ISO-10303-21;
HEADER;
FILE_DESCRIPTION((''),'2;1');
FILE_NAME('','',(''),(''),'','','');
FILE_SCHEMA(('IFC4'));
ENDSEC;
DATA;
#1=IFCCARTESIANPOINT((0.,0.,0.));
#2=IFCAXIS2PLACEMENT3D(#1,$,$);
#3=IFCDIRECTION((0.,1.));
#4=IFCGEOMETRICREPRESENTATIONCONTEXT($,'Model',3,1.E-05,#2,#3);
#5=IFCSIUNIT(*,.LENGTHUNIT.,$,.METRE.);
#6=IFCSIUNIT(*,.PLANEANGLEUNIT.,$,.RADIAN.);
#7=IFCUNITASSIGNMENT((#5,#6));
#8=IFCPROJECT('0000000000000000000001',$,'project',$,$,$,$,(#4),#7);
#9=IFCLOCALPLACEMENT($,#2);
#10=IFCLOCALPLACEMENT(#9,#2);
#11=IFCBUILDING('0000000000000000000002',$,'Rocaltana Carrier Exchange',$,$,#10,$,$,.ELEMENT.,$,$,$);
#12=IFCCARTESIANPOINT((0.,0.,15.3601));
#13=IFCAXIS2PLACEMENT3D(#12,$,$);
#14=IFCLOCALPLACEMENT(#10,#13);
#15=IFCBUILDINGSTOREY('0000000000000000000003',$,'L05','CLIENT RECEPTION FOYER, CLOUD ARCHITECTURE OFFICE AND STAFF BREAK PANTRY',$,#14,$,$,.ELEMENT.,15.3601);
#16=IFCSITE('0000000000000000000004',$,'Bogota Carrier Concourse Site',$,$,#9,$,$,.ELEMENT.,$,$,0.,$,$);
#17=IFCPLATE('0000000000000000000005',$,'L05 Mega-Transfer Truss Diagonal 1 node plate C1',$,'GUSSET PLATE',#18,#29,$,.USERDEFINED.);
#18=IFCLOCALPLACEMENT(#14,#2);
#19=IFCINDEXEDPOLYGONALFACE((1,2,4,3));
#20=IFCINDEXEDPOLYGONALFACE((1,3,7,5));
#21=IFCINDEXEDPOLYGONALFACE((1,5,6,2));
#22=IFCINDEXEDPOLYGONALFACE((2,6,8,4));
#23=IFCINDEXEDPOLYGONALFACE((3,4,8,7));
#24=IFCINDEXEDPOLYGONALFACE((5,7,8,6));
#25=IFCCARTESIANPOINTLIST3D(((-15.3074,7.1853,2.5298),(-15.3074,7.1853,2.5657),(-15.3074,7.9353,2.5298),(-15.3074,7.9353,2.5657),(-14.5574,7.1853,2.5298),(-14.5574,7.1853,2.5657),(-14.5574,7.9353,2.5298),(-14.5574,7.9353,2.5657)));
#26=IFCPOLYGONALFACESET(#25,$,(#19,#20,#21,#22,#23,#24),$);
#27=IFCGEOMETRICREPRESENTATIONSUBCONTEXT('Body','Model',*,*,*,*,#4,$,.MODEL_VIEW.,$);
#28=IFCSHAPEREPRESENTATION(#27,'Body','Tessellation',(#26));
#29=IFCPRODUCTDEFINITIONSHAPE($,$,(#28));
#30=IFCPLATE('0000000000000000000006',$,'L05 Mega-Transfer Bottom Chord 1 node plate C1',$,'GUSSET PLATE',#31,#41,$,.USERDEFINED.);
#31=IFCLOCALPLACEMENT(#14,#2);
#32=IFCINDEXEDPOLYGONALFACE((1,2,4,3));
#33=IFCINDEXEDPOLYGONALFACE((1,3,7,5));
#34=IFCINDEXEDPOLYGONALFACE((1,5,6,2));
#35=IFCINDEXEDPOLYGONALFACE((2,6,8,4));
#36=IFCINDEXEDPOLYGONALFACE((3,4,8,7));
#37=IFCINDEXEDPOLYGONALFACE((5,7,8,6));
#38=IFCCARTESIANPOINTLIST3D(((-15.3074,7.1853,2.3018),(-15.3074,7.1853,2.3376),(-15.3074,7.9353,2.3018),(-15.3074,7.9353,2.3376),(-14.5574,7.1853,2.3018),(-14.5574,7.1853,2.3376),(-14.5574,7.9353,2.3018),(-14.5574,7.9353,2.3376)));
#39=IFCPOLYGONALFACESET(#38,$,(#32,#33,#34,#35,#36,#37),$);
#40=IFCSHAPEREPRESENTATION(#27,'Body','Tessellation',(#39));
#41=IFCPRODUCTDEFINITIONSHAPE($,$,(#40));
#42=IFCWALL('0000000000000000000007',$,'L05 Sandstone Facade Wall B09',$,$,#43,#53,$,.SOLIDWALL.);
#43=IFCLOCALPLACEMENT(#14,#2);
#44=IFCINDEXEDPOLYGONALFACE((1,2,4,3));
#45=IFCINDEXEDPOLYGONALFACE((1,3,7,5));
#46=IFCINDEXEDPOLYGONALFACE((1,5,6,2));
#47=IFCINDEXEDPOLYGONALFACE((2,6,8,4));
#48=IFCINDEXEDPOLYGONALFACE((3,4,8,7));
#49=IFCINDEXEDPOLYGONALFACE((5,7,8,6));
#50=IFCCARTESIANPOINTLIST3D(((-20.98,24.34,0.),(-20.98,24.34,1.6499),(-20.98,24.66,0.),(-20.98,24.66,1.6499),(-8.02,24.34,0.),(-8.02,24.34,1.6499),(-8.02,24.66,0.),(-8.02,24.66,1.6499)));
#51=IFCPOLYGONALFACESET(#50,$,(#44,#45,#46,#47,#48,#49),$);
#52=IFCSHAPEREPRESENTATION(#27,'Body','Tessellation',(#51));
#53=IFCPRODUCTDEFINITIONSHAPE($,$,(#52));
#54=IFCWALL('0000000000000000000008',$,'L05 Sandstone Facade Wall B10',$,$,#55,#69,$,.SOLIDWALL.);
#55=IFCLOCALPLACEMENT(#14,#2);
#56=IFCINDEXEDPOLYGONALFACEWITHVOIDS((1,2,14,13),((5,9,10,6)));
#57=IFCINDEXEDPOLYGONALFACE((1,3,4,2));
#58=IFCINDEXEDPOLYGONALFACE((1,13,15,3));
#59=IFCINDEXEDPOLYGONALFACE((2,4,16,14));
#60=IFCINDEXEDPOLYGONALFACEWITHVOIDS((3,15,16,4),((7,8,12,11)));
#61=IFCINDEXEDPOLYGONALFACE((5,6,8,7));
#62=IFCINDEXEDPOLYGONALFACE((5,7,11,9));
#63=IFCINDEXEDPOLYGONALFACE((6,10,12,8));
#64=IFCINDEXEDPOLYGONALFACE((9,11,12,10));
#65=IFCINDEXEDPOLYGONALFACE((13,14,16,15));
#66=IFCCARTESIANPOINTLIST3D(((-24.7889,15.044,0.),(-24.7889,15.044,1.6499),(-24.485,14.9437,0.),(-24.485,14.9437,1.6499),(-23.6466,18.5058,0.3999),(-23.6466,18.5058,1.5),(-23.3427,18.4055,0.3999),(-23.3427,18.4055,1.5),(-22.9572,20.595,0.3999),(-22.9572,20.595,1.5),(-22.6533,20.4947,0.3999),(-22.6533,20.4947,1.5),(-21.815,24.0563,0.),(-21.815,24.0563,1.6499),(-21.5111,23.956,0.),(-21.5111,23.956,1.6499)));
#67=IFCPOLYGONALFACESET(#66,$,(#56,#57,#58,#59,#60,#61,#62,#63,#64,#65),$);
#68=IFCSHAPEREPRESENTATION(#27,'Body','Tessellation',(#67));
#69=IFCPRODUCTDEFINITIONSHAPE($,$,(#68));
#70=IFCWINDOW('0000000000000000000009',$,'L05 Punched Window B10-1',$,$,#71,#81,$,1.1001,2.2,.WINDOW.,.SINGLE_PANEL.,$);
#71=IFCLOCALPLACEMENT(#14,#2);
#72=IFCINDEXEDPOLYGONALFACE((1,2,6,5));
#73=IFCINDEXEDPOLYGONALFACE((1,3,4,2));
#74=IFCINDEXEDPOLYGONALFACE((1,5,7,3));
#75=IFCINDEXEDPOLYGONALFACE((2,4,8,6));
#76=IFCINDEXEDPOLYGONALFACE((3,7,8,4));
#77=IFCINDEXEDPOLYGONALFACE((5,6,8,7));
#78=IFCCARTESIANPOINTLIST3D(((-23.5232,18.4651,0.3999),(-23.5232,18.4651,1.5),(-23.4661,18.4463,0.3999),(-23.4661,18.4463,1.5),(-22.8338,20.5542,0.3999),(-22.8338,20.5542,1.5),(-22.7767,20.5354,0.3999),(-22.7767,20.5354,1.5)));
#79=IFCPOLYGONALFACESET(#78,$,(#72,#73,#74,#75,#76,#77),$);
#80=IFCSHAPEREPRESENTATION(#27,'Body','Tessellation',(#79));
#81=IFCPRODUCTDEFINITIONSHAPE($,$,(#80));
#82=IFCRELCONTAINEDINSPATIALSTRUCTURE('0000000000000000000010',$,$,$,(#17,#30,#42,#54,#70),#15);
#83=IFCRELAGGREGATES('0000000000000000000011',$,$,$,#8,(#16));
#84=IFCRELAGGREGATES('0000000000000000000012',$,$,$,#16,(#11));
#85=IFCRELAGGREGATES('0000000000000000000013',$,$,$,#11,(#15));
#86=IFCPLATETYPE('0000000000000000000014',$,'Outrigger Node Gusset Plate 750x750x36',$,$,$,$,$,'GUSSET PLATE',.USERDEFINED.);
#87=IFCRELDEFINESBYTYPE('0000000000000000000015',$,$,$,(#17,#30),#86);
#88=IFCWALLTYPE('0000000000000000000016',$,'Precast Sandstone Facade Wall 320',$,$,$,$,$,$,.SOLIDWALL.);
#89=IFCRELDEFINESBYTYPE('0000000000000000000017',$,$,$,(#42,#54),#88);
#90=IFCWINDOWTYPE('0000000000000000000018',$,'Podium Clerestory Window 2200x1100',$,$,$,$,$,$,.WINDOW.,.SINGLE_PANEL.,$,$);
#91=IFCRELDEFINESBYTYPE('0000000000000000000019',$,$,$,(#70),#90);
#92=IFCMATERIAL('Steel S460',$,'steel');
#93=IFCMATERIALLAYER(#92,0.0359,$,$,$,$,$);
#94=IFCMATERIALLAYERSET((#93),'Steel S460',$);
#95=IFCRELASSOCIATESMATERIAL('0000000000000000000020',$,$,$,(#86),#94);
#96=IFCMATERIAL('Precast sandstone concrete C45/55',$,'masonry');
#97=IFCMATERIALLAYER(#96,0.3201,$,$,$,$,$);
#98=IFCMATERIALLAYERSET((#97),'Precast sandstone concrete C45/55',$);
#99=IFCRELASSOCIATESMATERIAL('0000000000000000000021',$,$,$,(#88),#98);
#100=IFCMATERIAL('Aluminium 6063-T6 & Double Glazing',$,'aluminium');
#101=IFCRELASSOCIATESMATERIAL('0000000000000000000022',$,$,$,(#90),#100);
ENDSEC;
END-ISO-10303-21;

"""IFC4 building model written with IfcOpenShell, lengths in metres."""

from ifc_helpers import new_model, si_unit, direction, frame, frame_2d, origin, origin_2d, place, context, subcontext, project, spatial, rectangle, extrude, material, layer, layer_set, type_object, element, fill, save


model = new_model("IFC4")

# Units and contexts
model_context = context("Model", 3, precision=1e-05, world=origin(), true_north=direction((0.0, 1.0)))
body_context = subcontext(model_context, "Body", "Model", "MODEL_VIEW")
ifc_project = project(units=[si_unit("LENGTHUNIT", "METRE"), si_unit("PLANEANGLEUNIT", "RADIAN")], contexts=[model_context])

# Site, building, storey
site_placement = place(None, origin())
site = spatial("IfcSite", under=ifc_project, at=site_placement, Name="Bogota Carrier Concourse Site", CompositionType="ELEMENT", RefElevation=0.0)
building_placement = place(site_placement, origin())
building = spatial("IfcBuilding", under=site, at=building_placement, Name="Rocaltana Carrier Exchange", CompositionType="ELEMENT")
storey_placement = place(building_placement, frame((0.0, 0.0, 15.3601)))
storey = spatial("IfcBuildingStorey", under=building, at=storey_placement, Name="L05", Description="CLIENT RECEPTION FOYER, CLOUD ARCHITECTURE OFFICE AND STAFF BREAK PANTRY", CompositionType="ELEMENT", Elevation=15.3601)

# Plates
ifc_material_1 = material(Name="Steel S460", Category="steel")
ifc_layer_1 = layer(ifc_material_1, 0.0359)
ifc_layer_set_1 = layer_set([ifc_layer_1], Name="Steel S460")
plate_type = type_object("IfcPlateType", Name="Outrigger Node Gusset Plate 750x750x36", ElementType="GUSSET PLATE", PredefinedType="USERDEFINED", material=ifc_layer_set_1)
for number, where, z_axis, x_axis, name in (
    (1, (-14.9324, 7.5603, 2.5298), (0.0, 0.0, 1.0), (1.0, 0.0, 0.0), "L05 Mega-Transfer Truss Diagonal 1 node plate C1"),
    (2, (-14.9324, 7.5603, 2.3018), (0.0, 0.0, 1.0), (1.0, 0.0, 0.0), "L05 Mega-Transfer Bottom Chord 1 node plate C1"),
):
    element("IfcPlate", number, at=place(storey_placement, frame(where, z_axis=z_axis, x_axis=x_axis)), inside=storey, type_object=plate_type, Name=name, ObjectType="GUSSET PLATE", PredefinedType="USERDEFINED", context=body_context, shape_type="SweptSolid", body=[
        extrude(rectangle(XDim=0.75, YDim=0.75, at=origin_2d()), origin(), (0.0, 0.0, 1.0), 0.0359),
    ])

# Wall
ifc_material_2 = material(Name="Precast sandstone concrete C45/55", Category="masonry")
ifc_layer_2 = layer(ifc_material_2, 0.3201)
ifc_layer_set_2 = layer_set([ifc_layer_2], Name="Precast sandstone concrete C45/55")
wall_type = type_object("IfcWallType", Name="Precast Sandstone Facade Wall 320", PredefinedType="SOLIDWALL", material=ifc_layer_set_2)
wall_1_placement = place(storey_placement, frame((-20.98, 24.5, 0.0), z_axis=(0.0, 0.0, 1.0), x_axis=(1.0, 0.0, 0.0)))
element("IfcWall", 3, at=wall_1_placement, inside=storey, type_object=wall_type, Name="L05 Sandstone Facade Wall B09", PredefinedType="SOLIDWALL", context=body_context, shape_type="SweptSolid", body=[
    extrude(rectangle(XDim=12.96, YDim=0.3201, at=frame_2d((6.48, 0.0))), origin(), (0.0, 0.0, 1.0), 1.6499),
])

# Wall, opening, window
wall_2_placement = place(storey_placement, frame((-24.637, 14.9939, 0.0), z_axis=(0.0, 0.0, 1.0), x_axis=(0.313363, 0.949633, 0.0)))
wall_2 = element("IfcWall", 4, at=wall_2_placement, inside=storey, type_object=wall_type, Name="L05 Sandstone Facade Wall B10", PredefinedType="SOLIDWALL", context=body_context, shape_type="SweptSolid", body=[
    extrude(rectangle(XDim=9.4902, YDim=0.3201, at=frame_2d((4.7451, 0.0))), origin(), (0.0, 0.0, 1.0), 1.6499),
])
opening_placement = place(wall_2_placement, frame((3.6453, 0.0, 0.3999)))
opening = element("IfcOpeningElement", 5, at=opening_placement, cuts=wall_2, PredefinedType="OPENING", context=body_context, shape_type="SweptSolid", body=[
    extrude(rectangle(XDim=2.2, YDim=1.1001, at=frame_2d((1.1001, 0.55))), frame((0.0, 0.1699, 0.0), z_axis=(0.0, -1.0, 0.0), x_axis=(1.0, 0.0, 0.0)), (0.0, 0.0, 1.0), 0.3401),
])
ifc_material_3 = material(Name="Aluminium 6063-T6 & Double Glazing", Category="aluminium")
window_type = type_object("IfcWindowType", Name="Podium Clerestory Window 2200x1100", PartitioningType="SINGLE_PANEL", PredefinedType="WINDOW", material=ifc_material_3)
window_placement = place(opening_placement, origin())
window = element("IfcWindow", 6, at=window_placement, inside=storey, type_object=window_type, Name="L05 Punched Window B10-1", OverallHeight=1.1001, OverallWidth=2.2, PartitioningType="SINGLE_PANEL", PredefinedType="WINDOW", context=body_context, shape_type="SweptSolid", body=[
    extrude(rectangle(XDim=2.2, YDim=1.1001, at=frame_2d((1.1001, 0.55))), frame((0.0, 0.03, 0.0), z_axis=(0.0, -1.0, 0.0), x_axis=(1.0, 0.0, 0.0)), (0.0, 0.0, 1.0), 0.0601),
])
fill(opening, window)

save(model, "model.ifc")
